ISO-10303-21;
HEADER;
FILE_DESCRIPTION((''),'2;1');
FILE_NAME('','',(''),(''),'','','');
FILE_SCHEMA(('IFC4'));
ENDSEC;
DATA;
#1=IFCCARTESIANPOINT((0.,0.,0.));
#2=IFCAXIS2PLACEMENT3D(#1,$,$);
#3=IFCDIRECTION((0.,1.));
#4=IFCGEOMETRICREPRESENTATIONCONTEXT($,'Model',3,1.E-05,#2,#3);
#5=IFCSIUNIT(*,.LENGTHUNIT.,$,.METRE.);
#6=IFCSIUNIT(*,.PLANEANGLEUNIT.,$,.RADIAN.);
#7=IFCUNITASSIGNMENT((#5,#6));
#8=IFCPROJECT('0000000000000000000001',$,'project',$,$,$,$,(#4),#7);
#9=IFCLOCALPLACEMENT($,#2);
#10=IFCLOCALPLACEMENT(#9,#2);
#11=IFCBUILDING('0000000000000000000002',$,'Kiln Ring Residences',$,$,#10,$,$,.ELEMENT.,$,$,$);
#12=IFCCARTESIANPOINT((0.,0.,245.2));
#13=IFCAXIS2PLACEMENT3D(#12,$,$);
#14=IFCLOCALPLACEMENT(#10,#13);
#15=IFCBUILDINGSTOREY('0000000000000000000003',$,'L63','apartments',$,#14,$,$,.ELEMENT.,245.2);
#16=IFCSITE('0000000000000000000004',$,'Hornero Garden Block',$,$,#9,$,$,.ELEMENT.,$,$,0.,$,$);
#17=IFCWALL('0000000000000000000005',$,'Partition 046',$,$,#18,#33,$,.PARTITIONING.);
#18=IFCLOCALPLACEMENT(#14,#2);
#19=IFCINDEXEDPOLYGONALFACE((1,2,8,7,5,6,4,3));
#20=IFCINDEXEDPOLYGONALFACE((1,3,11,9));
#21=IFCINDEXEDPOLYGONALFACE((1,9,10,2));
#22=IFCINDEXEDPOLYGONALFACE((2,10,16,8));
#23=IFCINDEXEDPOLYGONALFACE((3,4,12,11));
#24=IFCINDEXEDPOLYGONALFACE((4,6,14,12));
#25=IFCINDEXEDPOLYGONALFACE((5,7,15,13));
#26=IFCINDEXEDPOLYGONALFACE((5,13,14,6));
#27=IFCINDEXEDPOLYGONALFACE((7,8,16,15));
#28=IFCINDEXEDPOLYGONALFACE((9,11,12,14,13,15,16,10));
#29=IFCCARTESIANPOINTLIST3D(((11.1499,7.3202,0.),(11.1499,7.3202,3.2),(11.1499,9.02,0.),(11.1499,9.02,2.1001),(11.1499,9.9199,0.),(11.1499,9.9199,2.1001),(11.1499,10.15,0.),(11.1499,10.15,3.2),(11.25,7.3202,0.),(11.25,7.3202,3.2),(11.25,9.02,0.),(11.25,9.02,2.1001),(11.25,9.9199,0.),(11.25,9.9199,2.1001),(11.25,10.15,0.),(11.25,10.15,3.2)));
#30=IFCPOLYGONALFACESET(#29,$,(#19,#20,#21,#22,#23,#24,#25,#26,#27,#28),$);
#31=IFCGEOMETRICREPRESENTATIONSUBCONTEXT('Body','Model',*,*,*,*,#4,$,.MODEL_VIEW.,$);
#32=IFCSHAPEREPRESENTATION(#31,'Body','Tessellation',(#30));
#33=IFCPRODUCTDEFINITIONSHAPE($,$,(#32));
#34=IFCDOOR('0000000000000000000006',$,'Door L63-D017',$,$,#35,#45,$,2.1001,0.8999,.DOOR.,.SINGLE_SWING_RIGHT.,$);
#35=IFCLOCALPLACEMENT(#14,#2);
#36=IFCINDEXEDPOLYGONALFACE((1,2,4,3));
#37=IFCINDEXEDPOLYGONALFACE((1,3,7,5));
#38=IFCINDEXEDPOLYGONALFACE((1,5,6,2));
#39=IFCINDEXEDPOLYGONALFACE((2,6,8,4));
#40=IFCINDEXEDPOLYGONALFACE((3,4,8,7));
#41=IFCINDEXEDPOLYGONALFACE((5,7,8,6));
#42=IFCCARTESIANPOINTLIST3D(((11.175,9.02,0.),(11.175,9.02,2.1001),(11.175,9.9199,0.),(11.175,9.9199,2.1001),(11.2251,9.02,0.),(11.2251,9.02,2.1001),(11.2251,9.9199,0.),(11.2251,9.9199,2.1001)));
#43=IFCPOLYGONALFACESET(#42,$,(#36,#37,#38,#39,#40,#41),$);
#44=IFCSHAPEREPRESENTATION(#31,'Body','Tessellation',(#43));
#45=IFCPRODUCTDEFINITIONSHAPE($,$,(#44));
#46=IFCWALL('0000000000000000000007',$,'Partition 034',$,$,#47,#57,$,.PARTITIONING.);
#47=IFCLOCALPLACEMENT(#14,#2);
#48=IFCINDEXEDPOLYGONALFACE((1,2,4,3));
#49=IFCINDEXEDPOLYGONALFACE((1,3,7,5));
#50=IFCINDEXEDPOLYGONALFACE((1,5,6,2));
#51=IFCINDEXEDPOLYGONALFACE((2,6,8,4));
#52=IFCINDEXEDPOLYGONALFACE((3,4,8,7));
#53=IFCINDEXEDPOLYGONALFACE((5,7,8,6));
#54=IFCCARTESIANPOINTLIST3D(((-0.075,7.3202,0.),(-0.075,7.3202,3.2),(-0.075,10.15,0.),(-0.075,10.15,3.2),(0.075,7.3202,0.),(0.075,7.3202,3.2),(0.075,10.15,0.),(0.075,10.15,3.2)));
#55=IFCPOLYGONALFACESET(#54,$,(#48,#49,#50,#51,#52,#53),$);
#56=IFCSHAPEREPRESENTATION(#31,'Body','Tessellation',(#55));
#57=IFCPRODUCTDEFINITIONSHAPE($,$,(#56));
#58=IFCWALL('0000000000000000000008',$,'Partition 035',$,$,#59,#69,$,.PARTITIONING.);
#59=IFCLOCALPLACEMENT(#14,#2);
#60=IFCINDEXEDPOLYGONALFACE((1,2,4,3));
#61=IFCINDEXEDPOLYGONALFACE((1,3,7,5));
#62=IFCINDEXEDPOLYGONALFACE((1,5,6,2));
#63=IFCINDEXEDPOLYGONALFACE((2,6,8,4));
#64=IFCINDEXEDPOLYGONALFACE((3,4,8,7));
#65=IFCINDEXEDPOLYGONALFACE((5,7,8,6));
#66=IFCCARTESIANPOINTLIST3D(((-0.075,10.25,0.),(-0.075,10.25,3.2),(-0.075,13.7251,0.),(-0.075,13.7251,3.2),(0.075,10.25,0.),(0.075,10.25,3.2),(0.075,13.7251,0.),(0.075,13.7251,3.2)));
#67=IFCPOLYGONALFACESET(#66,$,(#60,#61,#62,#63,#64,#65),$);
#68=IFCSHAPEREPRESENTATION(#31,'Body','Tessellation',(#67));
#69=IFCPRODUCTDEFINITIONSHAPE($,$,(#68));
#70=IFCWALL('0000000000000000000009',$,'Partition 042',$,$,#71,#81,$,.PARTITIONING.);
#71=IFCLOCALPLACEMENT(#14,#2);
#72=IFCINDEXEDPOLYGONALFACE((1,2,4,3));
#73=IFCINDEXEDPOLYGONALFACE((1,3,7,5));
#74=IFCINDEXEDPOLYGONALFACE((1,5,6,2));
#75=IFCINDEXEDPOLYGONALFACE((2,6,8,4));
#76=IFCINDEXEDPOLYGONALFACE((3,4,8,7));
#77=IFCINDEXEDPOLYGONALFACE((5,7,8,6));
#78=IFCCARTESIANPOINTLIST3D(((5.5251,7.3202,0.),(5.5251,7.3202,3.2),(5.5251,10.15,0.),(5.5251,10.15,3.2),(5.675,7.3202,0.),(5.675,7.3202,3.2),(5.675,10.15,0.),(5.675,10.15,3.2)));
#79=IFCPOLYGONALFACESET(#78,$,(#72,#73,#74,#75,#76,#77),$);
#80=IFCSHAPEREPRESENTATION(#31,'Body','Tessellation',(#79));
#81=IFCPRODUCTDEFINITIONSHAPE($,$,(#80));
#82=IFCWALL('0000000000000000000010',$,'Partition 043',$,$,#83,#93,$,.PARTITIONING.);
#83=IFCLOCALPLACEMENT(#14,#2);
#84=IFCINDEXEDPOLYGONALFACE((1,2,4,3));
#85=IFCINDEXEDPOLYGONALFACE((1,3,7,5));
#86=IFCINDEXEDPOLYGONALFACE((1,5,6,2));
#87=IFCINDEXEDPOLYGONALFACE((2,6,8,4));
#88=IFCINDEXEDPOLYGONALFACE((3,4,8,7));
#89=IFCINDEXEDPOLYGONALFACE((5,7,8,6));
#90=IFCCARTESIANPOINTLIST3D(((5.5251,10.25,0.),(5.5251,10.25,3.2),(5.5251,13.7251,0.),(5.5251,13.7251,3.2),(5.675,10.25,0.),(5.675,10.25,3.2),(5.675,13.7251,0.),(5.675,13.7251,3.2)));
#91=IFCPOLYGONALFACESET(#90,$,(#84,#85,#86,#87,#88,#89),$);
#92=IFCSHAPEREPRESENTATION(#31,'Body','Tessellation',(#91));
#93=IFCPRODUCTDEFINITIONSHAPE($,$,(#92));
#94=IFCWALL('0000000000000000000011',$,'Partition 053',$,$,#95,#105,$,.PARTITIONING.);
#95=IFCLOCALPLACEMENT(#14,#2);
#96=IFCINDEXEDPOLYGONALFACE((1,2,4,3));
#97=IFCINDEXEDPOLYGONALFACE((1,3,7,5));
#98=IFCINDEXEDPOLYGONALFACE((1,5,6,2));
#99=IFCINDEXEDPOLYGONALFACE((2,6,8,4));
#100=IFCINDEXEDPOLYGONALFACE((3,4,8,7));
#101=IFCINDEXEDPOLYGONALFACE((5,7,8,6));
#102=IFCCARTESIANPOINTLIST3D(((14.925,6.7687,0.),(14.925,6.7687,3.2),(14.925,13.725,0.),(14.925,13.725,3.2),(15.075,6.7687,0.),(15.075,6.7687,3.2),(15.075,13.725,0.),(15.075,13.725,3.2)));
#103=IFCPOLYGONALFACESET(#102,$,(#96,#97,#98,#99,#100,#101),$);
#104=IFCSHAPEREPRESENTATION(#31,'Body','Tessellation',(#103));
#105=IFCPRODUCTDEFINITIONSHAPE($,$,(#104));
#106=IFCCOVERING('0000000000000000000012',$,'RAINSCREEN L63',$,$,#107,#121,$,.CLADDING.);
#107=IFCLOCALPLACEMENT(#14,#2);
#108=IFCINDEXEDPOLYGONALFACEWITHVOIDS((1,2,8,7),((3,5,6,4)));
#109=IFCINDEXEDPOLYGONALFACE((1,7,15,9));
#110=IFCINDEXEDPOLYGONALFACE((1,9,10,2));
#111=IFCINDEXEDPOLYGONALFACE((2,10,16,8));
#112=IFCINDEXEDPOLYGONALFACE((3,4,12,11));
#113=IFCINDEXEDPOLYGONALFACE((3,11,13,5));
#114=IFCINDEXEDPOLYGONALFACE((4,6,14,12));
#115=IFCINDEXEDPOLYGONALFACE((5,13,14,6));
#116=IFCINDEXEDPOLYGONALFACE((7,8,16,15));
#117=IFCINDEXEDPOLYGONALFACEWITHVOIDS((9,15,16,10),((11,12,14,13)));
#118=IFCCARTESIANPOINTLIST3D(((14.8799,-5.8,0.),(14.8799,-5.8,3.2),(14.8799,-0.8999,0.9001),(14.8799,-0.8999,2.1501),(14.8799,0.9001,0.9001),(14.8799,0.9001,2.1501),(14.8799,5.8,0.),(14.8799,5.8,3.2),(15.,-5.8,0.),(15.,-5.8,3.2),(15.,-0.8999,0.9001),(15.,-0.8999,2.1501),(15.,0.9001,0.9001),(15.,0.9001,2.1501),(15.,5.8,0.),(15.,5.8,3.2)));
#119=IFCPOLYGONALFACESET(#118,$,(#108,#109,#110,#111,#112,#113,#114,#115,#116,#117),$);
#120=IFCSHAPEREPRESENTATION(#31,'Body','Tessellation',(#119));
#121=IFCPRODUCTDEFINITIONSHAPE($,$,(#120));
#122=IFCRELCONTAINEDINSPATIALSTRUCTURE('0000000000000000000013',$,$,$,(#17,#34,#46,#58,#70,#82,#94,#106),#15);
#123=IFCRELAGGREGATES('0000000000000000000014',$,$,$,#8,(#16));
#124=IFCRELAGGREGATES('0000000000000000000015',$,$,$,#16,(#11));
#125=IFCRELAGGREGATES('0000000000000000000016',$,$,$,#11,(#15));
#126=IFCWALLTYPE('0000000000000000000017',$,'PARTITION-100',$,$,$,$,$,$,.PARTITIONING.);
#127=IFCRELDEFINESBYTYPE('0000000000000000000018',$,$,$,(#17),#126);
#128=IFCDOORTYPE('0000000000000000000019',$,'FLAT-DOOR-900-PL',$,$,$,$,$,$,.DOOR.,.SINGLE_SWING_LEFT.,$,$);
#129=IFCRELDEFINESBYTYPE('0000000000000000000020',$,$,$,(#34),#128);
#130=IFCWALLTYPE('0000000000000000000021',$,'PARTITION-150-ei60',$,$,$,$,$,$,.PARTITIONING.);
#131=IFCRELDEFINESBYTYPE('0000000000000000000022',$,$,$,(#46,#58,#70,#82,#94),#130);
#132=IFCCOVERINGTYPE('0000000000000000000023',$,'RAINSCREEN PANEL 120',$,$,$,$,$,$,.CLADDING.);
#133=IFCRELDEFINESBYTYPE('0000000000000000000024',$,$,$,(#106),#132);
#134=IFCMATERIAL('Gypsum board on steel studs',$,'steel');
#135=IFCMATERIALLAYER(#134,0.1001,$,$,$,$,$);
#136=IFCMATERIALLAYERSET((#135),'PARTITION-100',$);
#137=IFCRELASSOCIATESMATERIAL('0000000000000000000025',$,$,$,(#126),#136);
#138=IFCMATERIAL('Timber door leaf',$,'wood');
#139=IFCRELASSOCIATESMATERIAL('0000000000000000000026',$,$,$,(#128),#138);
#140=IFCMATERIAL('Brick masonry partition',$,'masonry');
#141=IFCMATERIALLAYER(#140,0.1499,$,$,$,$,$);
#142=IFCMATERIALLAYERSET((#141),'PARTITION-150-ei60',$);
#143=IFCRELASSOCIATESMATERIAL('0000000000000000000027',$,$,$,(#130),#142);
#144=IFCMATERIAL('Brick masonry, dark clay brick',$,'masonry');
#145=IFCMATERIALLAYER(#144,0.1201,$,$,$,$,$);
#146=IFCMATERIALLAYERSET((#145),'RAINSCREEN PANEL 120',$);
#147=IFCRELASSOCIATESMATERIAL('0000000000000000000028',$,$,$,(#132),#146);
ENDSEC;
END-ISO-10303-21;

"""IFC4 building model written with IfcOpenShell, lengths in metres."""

from ifc_helpers import new_model, si_unit, direction, frame, frame_2d, origin, place, context, subcontext, project, spatial, polyline, rectangle, outline, extrude, material, layer, layer_set, type_object, element, fill, save


model = new_model("IFC4")

# Units and contexts
model_context = context("Model", 3, precision=1e-05, world=origin(), true_north=direction((0.0, 1.0)))
body_context = subcontext(model_context, "Body", "Model", "MODEL_VIEW")
ifc_project = project(units=[si_unit("LENGTHUNIT", "METRE"), si_unit("PLANEANGLEUNIT", "RADIAN")], contexts=[model_context])

# Site, building, storey
site_placement = place(None, origin())
site = spatial("IfcSite", under=ifc_project, at=site_placement, Name="Hornero Garden Block", CompositionType="ELEMENT", RefElevation=0.0)
building_placement = place(site_placement, origin())
building = spatial("IfcBuilding", under=site, at=building_placement, Name="Kiln Ring Residences", CompositionType="ELEMENT")
storey_placement = place(building_placement, frame((0.0, 0.0, 245.2)))
storey = spatial("IfcBuildingStorey", under=building, at=storey_placement, Name="L63", Description="apartments", CompositionType="ELEMENT", Elevation=245.2)

# Shared definitions
ifc_material_1 = material(Name="Gypsum board on steel studs", Category="steel")
ifc_layer_1 = layer(ifc_material_1, 0.1001)
ifc_layer_set_1 = layer_set([ifc_layer_1], Name="PARTITION-100")
wall_type_1 = type_object("IfcWallType", Name="PARTITION-100", PredefinedType="PARTITIONING", material=ifc_layer_set_1)

# Wall, opening, door
wall_1_placement = place(storey_placement, frame((11.2, 7.3201, 0.0), z_axis=(0.0, 0.0, 1.0), x_axis=(0.0, 1.0, 0.0)))
wall_1 = element("IfcWall", 1, at=wall_1_placement, inside=storey, type_object=wall_type_1, Name="Partition 046", PredefinedType="PARTITIONING", context=body_context, shape_type="SweptSolid", body=[
    extrude(rectangle(XDim=2.8298, YDim=0.1001, at=frame_2d((1.415, 0.0))), origin(), (0.0, 0.0, 1.0), 3.2),
])
opening_placement = place(wall_1_placement, frame((1.7, 0.0, 0.0)))
opening = element("IfcOpeningElement", 2, at=opening_placement, cuts=wall_1, PredefinedType="OPENING", context=body_context, shape_type="SweptSolid", body=[
    extrude(rectangle(XDim=0.8999, YDim=2.1001, at=frame_2d((0.45, 1.05))), frame((0.0, 0.0601, 0.0), z_axis=(0.0, -1.0, 0.0), x_axis=(1.0, 0.0, 0.0)), (0.0, 0.0, 1.0), 0.1201),
])
ifc_material_2 = material(Name="Timber door leaf", Category="wood")
door_type = type_object("IfcDoorType", Name="FLAT-DOOR-900-PL", OperationType="SINGLE_SWING_LEFT", PredefinedType="DOOR", material=ifc_material_2)
door_placement = place(opening_placement, origin())
door = element("IfcDoor", 3, at=door_placement, inside=storey, type_object=door_type, Name="Door L63-D017", OperationType="SINGLE_SWING_RIGHT", OverallHeight=2.1001, OverallWidth=0.8999, PredefinedType="DOOR", context=body_context, shape_type="SweptSolid", body=[
    extrude(rectangle(XDim=0.8999, YDim=2.1001, at=frame_2d((0.45, 1.05))), frame((0.0, 0.0249, 0.0), z_axis=(0.0, -1.0, 0.0), x_axis=(1.0, 0.0, 0.0)), (0.0, 0.0, 1.0), 0.05),
])
fill(opening, door)

# Walls
ifc_material_3 = material(Name="Brick masonry partition", Category="masonry")
ifc_layer_2 = layer(ifc_material_3, 0.1499)
ifc_layer_set_2 = layer_set([ifc_layer_2], Name="PARTITION-150-ei60")
wall_type_2 = type_object("IfcWallType", Name="PARTITION-150-ei60", PredefinedType="PARTITIONING", material=ifc_layer_set_2)
wall_2_placement = place(storey_placement, frame((0.0, 7.3201, 0.0), z_axis=(0.0, 0.0, 1.0), x_axis=(0.0, 1.0, 0.0)))
element("IfcWall", 4, at=wall_2_placement, inside=storey, type_object=wall_type_2, Name="Partition 034", PredefinedType="PARTITIONING", context=body_context, shape_type="SweptSolid", body=[
    extrude(rectangle(XDim=2.8298, YDim=0.1499, at=frame_2d((1.415, 0.0))), origin(), (0.0, 0.0, 1.0), 3.2),
])
wall_3_placement = place(storey_placement, frame((0.0, 10.25, 0.0), z_axis=(0.0, 0.0, 1.0), x_axis=(0.0, 1.0, 0.0)))
element("IfcWall", 5, at=wall_3_placement, inside=storey, type_object=wall_type_2, Name="Partition 035", PredefinedType="PARTITIONING", context=body_context, shape_type="SweptSolid", body=[
    extrude(rectangle(XDim=3.4751, YDim=0.1499, at=frame_2d((1.7375, 0.0))), origin(), (0.0, 0.0, 1.0), 3.2),
])
wall_4_placement = place(storey_placement, frame((5.6001, 7.3201, 0.0), z_axis=(0.0, 0.0, 1.0), x_axis=(0.0, 1.0, 0.0)))
element("IfcWall", 6, at=wall_4_placement, inside=storey, type_object=wall_type_2, Name="Partition 042", PredefinedType="PARTITIONING", context=body_context, shape_type="SweptSolid", body=[
    extrude(rectangle(XDim=2.8298, YDim=0.1499, at=frame_2d((1.415, 0.0))), origin(), (0.0, 0.0, 1.0), 3.2),
])
wall_5_placement = place(storey_placement, frame((5.6001, 10.25, 0.0), z_axis=(0.0, 0.0, 1.0), x_axis=(0.0, 1.0, 0.0)))
element("IfcWall", 7, at=wall_5_placement, inside=storey, type_object=wall_type_2, Name="Partition 043", PredefinedType="PARTITIONING", context=body_context, shape_type="SweptSolid", body=[
    extrude(rectangle(XDim=3.4751, YDim=0.1499, at=frame_2d((1.7375, 0.0))), origin(), (0.0, 0.0, 1.0), 3.2),
])
wall_6_placement = place(storey_placement, frame((15.0, 6.7688, 0.0), z_axis=(0.0, 0.0, 1.0), x_axis=(0.0, 1.0, 0.0)))
element("IfcWall", 8, at=wall_6_placement, inside=storey, type_object=wall_type_2, Name="Partition 053", PredefinedType="PARTITIONING", context=body_context, shape_type="SweptSolid", body=[
    extrude(rectangle(XDim=6.9563, YDim=0.1499, at=frame_2d((3.478, 0.0))), origin(), (0.0, 0.0, 1.0), 3.2),
])

# Covering
ifc_material_4 = material(Name="Brick masonry, dark clay brick", Category="masonry")
ifc_layer_3 = layer(ifc_material_4, 0.1201)
ifc_layer_set_3 = layer_set([ifc_layer_3], Name="RAINSCREEN PANEL 120")
covering_type = type_object("IfcCoveringType", Name="RAINSCREEN PANEL 120", PredefinedType="CLADDING", material=ifc_layer_set_3)
covering_placement = place(storey_placement, frame((14.9399, 5.8, 0.0), z_axis=(0.0, 0.0, 1.0), x_axis=(0.0, -1.0, 0.0)))
element("IfcCovering", 9, at=covering_placement, inside=storey, type_object=covering_type, Name="RAINSCREEN L63", PredefinedType="CLADDING", context=body_context, shape_type="SweptSolid", body=[
    extrude(outline(polyline([(0.0, 0.0), (11.6001, 0.0), (11.6001, 3.2), (0.0, 3.2), (0.0, 0.0)]), holes=[polyline([(4.8999, 2.1501), (4.8999, 0.9001), (6.7, 0.9001), (6.7, 2.1501), (4.8999, 2.1501)])]), frame((0.0, 0.0601, 0.0), z_axis=(0.0, -1.0, 0.0), x_axis=(1.0, 0.0, 0.0)), (0.0, 0.0, 1.0), 0.1201),
])

save(model, "model.ifc")
